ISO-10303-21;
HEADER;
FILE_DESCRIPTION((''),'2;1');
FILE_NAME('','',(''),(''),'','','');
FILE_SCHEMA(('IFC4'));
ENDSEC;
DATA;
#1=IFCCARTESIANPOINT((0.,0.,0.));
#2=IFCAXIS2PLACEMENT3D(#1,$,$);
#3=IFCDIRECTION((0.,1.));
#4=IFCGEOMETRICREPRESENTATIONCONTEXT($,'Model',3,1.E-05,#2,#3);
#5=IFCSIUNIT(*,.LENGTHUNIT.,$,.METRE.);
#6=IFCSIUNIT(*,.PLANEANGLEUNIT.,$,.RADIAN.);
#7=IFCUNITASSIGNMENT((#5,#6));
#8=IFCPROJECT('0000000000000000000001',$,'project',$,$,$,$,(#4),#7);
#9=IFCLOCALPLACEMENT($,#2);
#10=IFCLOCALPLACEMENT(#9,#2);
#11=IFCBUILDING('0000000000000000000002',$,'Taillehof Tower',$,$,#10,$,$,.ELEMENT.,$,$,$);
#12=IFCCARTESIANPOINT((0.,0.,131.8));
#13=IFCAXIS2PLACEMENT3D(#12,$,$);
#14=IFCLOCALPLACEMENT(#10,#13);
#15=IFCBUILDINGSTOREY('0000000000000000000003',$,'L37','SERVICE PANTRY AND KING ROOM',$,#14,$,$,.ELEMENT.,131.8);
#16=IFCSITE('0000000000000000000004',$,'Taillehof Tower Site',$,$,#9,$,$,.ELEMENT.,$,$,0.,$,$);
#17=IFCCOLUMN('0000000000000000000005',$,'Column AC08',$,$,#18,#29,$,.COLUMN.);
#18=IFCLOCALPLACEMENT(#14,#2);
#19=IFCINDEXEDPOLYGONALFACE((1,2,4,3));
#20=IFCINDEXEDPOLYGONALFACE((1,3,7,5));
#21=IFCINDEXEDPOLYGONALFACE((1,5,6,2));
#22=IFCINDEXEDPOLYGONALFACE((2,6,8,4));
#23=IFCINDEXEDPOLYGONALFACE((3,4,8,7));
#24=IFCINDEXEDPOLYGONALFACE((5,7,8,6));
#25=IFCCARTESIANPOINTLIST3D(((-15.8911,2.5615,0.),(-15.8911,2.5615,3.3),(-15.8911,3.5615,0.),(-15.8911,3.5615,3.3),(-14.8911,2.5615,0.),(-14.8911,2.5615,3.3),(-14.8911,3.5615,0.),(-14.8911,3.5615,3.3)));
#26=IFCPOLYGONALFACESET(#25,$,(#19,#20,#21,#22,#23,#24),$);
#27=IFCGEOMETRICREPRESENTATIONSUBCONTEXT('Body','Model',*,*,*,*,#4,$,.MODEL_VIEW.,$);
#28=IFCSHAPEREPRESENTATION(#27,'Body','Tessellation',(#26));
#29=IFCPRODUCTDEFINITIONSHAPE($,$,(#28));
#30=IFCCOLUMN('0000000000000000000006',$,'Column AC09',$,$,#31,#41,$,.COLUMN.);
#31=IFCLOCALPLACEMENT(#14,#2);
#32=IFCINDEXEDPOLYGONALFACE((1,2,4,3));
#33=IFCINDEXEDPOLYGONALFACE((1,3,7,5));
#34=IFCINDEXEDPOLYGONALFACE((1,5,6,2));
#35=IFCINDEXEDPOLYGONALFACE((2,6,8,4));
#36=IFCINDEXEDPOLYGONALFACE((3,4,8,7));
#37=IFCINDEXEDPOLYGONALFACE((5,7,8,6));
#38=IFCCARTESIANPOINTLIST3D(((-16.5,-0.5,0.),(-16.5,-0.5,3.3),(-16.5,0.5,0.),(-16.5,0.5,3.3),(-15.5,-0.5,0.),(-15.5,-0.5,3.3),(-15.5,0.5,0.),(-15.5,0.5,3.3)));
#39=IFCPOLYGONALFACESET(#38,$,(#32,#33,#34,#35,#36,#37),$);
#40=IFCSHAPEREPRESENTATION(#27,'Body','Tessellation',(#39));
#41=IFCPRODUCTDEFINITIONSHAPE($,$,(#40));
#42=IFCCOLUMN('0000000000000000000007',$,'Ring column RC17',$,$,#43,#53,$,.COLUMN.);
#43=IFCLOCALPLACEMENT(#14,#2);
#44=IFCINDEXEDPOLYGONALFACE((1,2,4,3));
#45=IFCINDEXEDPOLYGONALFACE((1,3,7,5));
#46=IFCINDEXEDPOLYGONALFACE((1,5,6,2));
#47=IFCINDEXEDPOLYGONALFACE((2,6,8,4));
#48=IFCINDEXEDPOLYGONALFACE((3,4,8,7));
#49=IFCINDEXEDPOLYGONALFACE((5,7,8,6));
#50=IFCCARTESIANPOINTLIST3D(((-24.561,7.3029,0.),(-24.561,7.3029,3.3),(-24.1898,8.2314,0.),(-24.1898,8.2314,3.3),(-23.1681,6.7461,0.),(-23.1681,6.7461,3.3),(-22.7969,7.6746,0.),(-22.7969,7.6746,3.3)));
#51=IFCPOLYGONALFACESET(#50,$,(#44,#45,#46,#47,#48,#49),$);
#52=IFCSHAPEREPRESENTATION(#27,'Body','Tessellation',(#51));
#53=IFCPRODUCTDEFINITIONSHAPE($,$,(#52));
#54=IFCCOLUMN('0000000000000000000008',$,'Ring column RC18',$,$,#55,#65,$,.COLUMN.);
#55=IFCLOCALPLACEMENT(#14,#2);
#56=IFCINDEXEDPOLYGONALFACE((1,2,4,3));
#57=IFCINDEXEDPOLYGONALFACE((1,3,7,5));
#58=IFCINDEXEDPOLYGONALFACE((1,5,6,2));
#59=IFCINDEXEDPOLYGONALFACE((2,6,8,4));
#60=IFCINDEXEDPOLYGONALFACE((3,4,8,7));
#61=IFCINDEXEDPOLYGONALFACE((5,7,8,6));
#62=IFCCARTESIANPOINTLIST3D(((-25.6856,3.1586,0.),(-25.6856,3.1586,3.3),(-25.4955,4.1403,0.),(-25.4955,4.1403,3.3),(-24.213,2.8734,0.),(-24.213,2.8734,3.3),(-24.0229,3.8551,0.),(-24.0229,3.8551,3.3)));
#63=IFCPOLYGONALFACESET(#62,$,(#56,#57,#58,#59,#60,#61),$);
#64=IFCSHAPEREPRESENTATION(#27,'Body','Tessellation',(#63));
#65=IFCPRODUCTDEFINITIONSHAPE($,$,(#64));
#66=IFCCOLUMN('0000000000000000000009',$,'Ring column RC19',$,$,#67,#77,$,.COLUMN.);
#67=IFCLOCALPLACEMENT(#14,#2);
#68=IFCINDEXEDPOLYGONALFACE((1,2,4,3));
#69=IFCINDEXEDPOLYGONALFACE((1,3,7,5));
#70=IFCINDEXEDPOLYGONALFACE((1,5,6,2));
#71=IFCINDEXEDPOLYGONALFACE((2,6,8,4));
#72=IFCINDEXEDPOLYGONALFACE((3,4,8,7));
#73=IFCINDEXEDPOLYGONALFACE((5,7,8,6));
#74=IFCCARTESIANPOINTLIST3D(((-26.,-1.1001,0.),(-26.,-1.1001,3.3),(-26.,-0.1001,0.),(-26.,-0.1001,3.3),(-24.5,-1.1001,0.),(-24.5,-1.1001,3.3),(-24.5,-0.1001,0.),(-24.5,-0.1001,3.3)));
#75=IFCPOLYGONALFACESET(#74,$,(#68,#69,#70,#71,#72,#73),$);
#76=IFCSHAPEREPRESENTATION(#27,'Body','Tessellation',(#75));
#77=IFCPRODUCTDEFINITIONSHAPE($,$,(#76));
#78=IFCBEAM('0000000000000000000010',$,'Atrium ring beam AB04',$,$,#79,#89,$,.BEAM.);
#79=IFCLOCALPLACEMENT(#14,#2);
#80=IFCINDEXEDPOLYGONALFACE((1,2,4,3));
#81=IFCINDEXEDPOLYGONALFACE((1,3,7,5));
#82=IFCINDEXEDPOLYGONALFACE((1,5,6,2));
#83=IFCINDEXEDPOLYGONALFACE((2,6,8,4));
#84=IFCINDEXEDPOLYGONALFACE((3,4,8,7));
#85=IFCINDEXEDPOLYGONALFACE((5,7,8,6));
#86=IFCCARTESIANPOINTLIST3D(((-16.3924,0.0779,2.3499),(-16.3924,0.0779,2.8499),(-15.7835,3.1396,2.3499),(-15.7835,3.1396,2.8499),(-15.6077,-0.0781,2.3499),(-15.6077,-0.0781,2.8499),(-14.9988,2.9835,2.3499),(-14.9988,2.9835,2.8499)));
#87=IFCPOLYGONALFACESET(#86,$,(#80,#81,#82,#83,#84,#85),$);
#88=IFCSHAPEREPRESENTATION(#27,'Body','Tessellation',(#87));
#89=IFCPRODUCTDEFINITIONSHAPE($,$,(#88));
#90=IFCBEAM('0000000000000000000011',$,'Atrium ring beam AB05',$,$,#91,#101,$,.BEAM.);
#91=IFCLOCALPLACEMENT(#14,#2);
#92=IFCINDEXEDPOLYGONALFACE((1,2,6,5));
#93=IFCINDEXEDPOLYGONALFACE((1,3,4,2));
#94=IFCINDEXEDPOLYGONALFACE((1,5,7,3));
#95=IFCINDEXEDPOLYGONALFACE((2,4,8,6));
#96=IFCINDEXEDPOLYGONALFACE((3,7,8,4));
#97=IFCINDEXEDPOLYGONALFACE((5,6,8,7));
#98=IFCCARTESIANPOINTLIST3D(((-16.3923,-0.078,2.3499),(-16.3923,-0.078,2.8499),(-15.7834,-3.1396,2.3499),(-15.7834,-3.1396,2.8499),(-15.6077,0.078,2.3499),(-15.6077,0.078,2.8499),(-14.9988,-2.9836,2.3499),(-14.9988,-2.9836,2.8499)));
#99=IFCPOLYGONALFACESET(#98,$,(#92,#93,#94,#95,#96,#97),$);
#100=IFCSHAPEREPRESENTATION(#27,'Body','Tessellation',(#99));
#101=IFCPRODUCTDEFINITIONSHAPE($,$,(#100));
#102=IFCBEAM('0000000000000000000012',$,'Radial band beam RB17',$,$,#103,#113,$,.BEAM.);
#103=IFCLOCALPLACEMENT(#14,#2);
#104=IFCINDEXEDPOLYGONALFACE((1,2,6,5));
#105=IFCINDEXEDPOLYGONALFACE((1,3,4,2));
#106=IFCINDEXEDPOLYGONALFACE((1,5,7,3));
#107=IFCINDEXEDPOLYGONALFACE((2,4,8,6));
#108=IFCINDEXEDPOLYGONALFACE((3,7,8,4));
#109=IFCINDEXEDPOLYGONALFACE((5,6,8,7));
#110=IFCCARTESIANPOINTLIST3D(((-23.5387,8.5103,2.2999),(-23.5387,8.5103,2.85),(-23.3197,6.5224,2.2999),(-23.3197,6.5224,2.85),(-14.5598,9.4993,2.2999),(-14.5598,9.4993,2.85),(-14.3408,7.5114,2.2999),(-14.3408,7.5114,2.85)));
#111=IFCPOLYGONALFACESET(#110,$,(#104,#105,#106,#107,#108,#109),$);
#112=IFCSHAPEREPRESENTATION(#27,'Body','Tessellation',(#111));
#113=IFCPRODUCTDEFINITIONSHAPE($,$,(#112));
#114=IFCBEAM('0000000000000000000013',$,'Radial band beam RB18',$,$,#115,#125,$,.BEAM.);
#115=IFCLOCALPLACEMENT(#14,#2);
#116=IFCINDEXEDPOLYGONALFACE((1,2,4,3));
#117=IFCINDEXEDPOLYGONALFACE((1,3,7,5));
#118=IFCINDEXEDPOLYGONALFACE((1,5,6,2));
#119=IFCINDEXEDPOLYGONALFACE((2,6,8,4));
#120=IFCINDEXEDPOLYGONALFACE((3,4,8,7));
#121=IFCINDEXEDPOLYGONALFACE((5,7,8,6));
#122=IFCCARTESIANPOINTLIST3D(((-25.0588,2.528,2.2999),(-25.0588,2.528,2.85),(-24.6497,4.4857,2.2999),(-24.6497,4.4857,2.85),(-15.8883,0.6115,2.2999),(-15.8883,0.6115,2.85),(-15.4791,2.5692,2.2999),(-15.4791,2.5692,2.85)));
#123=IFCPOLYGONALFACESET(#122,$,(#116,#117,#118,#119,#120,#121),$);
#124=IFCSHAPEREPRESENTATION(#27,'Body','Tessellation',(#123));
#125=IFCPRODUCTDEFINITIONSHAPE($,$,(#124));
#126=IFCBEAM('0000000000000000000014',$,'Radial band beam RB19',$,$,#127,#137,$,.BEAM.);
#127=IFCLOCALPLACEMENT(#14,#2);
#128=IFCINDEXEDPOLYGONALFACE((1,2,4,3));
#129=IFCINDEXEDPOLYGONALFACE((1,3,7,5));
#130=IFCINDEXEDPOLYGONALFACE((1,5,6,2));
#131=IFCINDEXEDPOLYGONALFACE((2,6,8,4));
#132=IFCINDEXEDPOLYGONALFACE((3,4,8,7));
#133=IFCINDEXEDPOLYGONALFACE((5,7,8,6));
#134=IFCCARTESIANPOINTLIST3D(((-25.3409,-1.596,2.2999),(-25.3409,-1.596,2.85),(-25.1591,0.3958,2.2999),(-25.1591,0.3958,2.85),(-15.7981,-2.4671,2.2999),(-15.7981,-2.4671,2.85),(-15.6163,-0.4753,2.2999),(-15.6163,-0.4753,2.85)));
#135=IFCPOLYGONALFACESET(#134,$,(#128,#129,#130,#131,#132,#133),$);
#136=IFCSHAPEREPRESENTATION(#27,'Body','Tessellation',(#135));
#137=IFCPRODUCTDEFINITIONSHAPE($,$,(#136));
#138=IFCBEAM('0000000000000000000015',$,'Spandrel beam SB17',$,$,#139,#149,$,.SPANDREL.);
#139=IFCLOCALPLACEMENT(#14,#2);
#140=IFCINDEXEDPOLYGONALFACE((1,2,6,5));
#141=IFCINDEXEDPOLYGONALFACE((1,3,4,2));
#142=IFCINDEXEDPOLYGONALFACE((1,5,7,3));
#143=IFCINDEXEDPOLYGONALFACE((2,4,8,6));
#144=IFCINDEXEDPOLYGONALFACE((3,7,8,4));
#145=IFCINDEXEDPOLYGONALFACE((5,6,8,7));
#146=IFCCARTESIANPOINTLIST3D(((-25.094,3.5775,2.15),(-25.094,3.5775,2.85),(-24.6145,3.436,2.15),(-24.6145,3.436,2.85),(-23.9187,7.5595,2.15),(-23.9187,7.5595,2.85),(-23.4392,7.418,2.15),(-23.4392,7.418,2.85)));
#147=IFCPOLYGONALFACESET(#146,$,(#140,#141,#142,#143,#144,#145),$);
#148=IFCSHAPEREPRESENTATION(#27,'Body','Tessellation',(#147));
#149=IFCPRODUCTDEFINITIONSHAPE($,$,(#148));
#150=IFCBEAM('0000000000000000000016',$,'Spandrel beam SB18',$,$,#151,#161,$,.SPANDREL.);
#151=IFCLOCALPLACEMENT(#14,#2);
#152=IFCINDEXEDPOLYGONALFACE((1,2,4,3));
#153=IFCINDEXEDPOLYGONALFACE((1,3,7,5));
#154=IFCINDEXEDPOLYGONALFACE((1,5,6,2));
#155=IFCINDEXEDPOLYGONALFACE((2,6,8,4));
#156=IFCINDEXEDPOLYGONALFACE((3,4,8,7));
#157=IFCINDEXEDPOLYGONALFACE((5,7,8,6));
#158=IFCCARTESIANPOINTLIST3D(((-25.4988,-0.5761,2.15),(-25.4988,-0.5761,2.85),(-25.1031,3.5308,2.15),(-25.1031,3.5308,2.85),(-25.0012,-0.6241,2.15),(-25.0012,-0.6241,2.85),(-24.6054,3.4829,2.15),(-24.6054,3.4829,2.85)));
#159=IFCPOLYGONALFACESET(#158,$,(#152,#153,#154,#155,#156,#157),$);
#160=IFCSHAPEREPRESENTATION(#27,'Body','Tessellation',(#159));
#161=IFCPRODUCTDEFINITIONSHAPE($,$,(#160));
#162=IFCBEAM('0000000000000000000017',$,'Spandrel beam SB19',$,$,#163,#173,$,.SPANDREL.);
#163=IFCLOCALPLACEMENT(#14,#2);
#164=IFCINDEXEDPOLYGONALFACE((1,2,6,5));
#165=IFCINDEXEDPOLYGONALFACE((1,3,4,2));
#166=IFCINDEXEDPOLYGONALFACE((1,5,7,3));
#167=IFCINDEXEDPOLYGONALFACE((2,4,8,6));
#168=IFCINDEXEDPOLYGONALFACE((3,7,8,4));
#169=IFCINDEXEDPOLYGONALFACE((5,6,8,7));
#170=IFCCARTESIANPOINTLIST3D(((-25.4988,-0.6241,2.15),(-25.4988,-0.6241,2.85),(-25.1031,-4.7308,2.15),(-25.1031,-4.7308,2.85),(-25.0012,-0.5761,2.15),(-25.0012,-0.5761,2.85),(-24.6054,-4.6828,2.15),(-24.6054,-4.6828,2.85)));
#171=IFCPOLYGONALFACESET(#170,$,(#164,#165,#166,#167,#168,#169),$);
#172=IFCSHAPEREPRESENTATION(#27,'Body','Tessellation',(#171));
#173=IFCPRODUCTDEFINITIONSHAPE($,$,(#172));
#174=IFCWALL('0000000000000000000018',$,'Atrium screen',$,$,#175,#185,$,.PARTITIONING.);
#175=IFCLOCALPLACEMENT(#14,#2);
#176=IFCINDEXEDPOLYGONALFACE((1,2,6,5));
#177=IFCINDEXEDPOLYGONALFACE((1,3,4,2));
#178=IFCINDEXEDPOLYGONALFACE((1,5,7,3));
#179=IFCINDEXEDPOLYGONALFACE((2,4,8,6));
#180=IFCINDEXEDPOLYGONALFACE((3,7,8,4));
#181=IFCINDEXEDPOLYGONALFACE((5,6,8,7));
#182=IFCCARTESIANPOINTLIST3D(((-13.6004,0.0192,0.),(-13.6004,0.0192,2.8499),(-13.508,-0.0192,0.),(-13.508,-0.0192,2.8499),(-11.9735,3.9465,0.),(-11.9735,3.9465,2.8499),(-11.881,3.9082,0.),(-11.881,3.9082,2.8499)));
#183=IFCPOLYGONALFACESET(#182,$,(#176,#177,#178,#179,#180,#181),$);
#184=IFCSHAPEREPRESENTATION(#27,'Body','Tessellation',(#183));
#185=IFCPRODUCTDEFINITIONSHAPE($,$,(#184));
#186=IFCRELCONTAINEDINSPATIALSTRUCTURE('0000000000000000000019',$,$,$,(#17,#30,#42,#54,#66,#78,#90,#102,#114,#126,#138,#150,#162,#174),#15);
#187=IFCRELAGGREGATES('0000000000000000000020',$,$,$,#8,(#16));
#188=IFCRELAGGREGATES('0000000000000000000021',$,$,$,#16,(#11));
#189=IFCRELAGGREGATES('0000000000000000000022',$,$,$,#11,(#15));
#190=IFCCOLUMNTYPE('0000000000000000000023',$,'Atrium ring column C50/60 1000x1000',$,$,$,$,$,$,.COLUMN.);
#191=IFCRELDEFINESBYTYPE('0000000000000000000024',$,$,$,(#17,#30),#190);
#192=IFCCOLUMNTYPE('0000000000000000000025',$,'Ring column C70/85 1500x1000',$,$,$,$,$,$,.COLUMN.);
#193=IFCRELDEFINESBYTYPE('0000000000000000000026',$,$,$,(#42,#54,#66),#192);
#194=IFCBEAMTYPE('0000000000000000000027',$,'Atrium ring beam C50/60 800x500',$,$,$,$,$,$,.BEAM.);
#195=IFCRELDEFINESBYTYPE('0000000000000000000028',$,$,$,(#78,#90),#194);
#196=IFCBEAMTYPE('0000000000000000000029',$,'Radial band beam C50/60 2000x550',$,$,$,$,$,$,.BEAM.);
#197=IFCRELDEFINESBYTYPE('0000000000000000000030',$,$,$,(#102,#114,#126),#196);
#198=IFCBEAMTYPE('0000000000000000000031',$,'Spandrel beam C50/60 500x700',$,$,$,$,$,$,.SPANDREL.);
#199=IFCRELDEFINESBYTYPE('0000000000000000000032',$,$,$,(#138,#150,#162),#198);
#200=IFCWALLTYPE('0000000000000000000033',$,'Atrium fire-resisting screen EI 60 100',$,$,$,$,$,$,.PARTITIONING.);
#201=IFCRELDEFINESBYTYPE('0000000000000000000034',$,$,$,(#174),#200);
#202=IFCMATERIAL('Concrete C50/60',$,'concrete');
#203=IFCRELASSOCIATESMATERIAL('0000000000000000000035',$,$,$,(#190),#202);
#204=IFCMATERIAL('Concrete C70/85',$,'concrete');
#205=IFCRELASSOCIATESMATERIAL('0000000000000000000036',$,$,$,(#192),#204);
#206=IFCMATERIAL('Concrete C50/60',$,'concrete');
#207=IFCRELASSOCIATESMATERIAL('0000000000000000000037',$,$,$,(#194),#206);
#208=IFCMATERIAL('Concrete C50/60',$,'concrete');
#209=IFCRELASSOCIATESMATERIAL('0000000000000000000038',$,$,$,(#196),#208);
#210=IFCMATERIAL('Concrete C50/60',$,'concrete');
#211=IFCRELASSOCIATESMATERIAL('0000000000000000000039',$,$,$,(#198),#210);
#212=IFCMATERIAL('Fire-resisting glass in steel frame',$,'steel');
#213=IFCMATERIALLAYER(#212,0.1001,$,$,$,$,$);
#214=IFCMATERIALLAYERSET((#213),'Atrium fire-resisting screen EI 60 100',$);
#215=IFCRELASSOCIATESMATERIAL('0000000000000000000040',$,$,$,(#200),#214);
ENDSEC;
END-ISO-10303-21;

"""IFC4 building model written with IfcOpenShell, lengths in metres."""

from ifc_helpers import new_model, si_unit, direction, frame, frame_2d, origin, origin_2d, place, context, subcontext, project, spatial, rectangle, extrude, material, layer, layer_set, material_profile, profile_set, type_object, element, save


model = new_model("IFC4")

# Units and contexts
model_context = context("Model", 3, precision=1e-05, world=origin(), true_north=direction((0.0, 1.0)))
body_context = subcontext(model_context, "Body", "Model", "MODEL_VIEW")
ifc_project = project(units=[si_unit("LENGTHUNIT", "METRE"), si_unit("PLANEANGLEUNIT", "RADIAN")], contexts=[model_context])

# Site, building, storey
site_placement = place(None, origin())
site = spatial("IfcSite", under=ifc_project, at=site_placement, Name="Taillehof Tower Site", CompositionType="ELEMENT", RefElevation=0.0)
building_placement = place(site_placement, origin())
building = spatial("IfcBuilding", under=site, at=building_placement, Name="Taillehof Tower", CompositionType="ELEMENT")
storey_placement = place(building_placement, frame((0.0, 0.0, 131.8)))
storey = spatial("IfcBuildingStorey", under=building, at=storey_placement, Name="L37", Description="SERVICE PANTRY AND KING ROOM", CompositionType="ELEMENT", Elevation=131.8)

# Columns
ifc_material_1 = material(Name="Concrete C50/60", Category="concrete")
ifc_material_profile_1 = material_profile(ifc_material_1, rectangle(XDim=1.0, YDim=1.0, at=origin_2d()), Name="RC 1000x1000")
ifc_profile_set_1 = profile_set([ifc_material_profile_1], Name="Concrete C50/60")
column_type_1 = type_object("IfcColumnType", Name="Atrium ring column C50/60 1000x1000", PredefinedType="COLUMN", material=ifc_profile_set_1)
for number, where, z_axis, x_axis, name in (
    (1, (-15.3911, 3.0615, 0.0), (0.0, 0.0, 1.0), (1.0, 0.0, 0.0), "Column AC08"),
    (2, (-16.0, 0.0, 0.0), (0.0, 0.0, 1.0), (1.0, 0.0, 0.0), "Column AC09"),
):
    element("IfcColumn", number, at=place(storey_placement, frame(where, z_axis=z_axis, x_axis=x_axis)), inside=storey, type_object=column_type_1, Name=name, PredefinedType="COLUMN", context=body_context, shape_type="SweptSolid", body=[
        extrude(rectangle(XDim=1.0, YDim=1.0, at=origin_2d()), origin(), (0.0, 0.0, 1.0), 3.3),
    ])
ifc_material_2 = material(Name="Concrete C70/85", Category="concrete")
ifc_material_profile_2 = material_profile(ifc_material_2, rectangle(XDim=1.5, YDim=1.0, at=origin_2d()), Name="RC 1500x1000")
ifc_profile_set_2 = profile_set([ifc_material_profile_2], Name="Concrete C70/85")
column_type_2 = type_object("IfcColumnType", Name="Ring column C70/85 1500x1000", PredefinedType="COLUMN", material=ifc_profile_set_2)
for number, where, z_axis, x_axis, name in (
    (3, (-23.679, 7.4888, 0.0), (0.0, 0.0, 1.0), (-0.92855, 0.371207, 0.0), "Ring column RC17"),
    (4, (-24.8542, 3.5068, 0.0), (0.0, 0.0, 1.0), (-0.981757, 0.190138, 0.0), "Ring column RC18"),
    (5, (-25.25, -0.6001, 0.0), (0.0, 0.0, 1.0), (-1.0, 0.0, 0.0), "Ring column RC19"),
):
    element("IfcColumn", number, at=place(storey_placement, frame(where, z_axis=z_axis, x_axis=x_axis)), inside=storey, type_object=column_type_2, Name=name, PredefinedType="COLUMN", context=body_context, shape_type="SweptSolid", body=[
        extrude(rectangle(XDim=1.5, YDim=1.0, at=origin_2d()), origin(), (0.0, 0.0, 1.0), 3.3),
    ])

# Beams
ifc_material_3 = material(Name="Concrete C50/60", Category="concrete")
ifc_material_profile_3 = material_profile(ifc_material_3, rectangle(XDim=0.8, YDim=0.5, at=origin_2d()), Name="RC 800x500")
ifc_profile_set_3 = profile_set([ifc_material_profile_3], Name="Concrete C50/60")
beam_type_1 = type_object("IfcBeamType", Name="Atrium ring beam C50/60 800x500", PredefinedType="BEAM", material=ifc_profile_set_3)
for number, where, z_axis, x_axis, name in (
    (6, (-15.3911, 3.0615, 2.5999), (-0.195063, -0.980791, 0.0), (0.980791, -0.195063, 0.0), "Atrium ring beam AB04"),
    (7, (-16.0, 0.0, 2.5999), (0.195063, -0.980791, 0.0), (0.980791, 0.195063, 0.0), "Atrium ring beam AB05"),
):
    element("IfcBeam", number, at=place(storey_placement, frame(where, z_axis=z_axis, x_axis=x_axis)), inside=storey, type_object=beam_type_1, Name=name, PredefinedType="BEAM", context=body_context, shape_type="SweptSolid", body=[
        extrude(rectangle(XDim=0.8, YDim=0.5, at=origin_2d()), origin(), (0.0, 0.0, 1.0), 3.1216),
    ])
ifc_material_4 = material(Name="Concrete C50/60", Category="concrete")
ifc_material_profile_4 = material_profile(ifc_material_4, rectangle(XDim=2.0, YDim=0.55, at=origin_2d()), Name="RC 2000x550")
ifc_profile_set_4 = profile_set([ifc_material_profile_4], Name="Concrete C50/60")
beam_type_2 = type_object("IfcBeamType", Name="Radial band beam C50/60 2000x550", PredefinedType="BEAM", material=ifc_profile_set_4)
beam_1_placement = place(storey_placement, frame((-23.4292, 7.5164, 2.575), z_axis=(0.993988, 0.109485, 0.0), x_axis=(-0.109485, 0.993988, 0.0)))
element("IfcBeam", 8, at=beam_1_placement, inside=storey, type_object=beam_type_2, Name="Radial band beam RB17", PredefinedType="BEAM", context=body_context, shape_type="SweptSolid", body=[
    extrude(rectangle(XDim=2.0, YDim=0.55, at=origin_2d()), origin(), (0.0, 0.0, 1.0), 9.0332),
])
beam_2_placement = place(storey_placement, frame((-24.8542, 3.5068, 2.575), z_axis=(0.978853, -0.204563, 0.0), x_axis=(0.204563, 0.978853, 0.0)))
element("IfcBeam", 9, at=beam_2_placement, inside=storey, type_object=beam_type_2, Name="Radial band beam RB18", PredefinedType="BEAM", context=body_context, shape_type="SweptSolid", body=[
    extrude(rectangle(XDim=2.0, YDim=0.55, at=origin_2d()), origin(), (0.0, 0.0, 1.0), 9.3687),
])
beam_3_placement = place(storey_placement, frame((-25.25, -0.6001, 2.575), z_axis=(0.99586, -0.090906, 0.0), x_axis=(0.090906, 0.99586, 0.0)))
element("IfcBeam", 10, at=beam_3_placement, inside=storey, type_object=beam_type_2, Name="Radial band beam RB19", PredefinedType="BEAM", context=body_context, shape_type="SweptSolid", body=[
    extrude(rectangle(XDim=2.0, YDim=0.55, at=origin_2d()), origin(), (0.0, 0.0, 1.0), 9.5825),
])
ifc_material_5 = material(Name="Concrete C50/60", Category="concrete")
ifc_material_profile_5 = material_profile(ifc_material_5, rectangle(XDim=0.5, YDim=0.7, at=origin_2d()), Name="RC 500x700")
ifc_profile_set_5 = profile_set([ifc_material_profile_5], Name="Concrete C50/60")
beam_type_3 = type_object("IfcBeamType", Name="Spandrel beam C50/60 500x700", PredefinedType="SPANDREL", material=ifc_profile_set_5)
beam_4_placement = place(storey_placement, frame((-23.679, 7.4888, 2.5), z_axis=(-0.283083, -0.959095, 0.0), x_axis=(0.959095, -0.283083, 0.0)))
element("IfcBeam", 11, at=beam_4_placement, inside=storey, type_object=beam_type_3, Name="Spandrel beam SB17", PredefinedType="SPANDREL", context=body_context, shape_type="SweptSolid", body=[
    extrude(rectangle(XDim=0.5, YDim=0.7, at=origin_2d()), origin(), (0.0, 0.0, 1.0), 4.1519),
])
beam_5_placement = place(storey_placement, frame((-24.8542, 3.5068, 2.5), z_axis=(-0.095918, -0.995389, 0.0), x_axis=(0.995389, -0.095918, 0.0)))
element("IfcBeam", 12, at=beam_5_placement, inside=storey, type_object=beam_type_3, Name="Spandrel beam SB18", PredefinedType="SPANDREL", context=body_context, shape_type="SweptSolid", body=[
    extrude(rectangle(XDim=0.5, YDim=0.7, at=origin_2d()), origin(), (0.0, 0.0, 1.0), 4.126),
])
beam_6_placement = place(storey_placement, frame((-25.25, -0.6001, 2.5), z_axis=(0.095923, -0.995389, 0.0), x_axis=(0.995389, 0.095923, 0.0)))
element("IfcBeam", 13, at=beam_6_placement, inside=storey, type_object=beam_type_3, Name="Spandrel beam SB19", PredefinedType="SPANDREL", context=body_context, shape_type="SweptSolid", body=[
    extrude(rectangle(XDim=0.5, YDim=0.7, at=origin_2d()), origin(), (0.0, 0.0, 1.0), 4.1257),
])

# Wall
ifc_material_6 = material(Name="Fire-resisting glass in steel frame", Category="steel")
ifc_layer_1 = layer(ifc_material_6, 0.1001)
ifc_layer_set_1 = layer_set([ifc_layer_1], Name="Atrium fire-resisting screen EI 60 100")
wall_type_1 = type_object("IfcWallType", Name="Atrium fire-resisting screen EI 60 100", PredefinedType="PARTITIONING", material=ifc_layer_set_1)
wall_1_placement = place(storey_placement, frame((-13.5542, 0.0, 0.0), z_axis=(0.0, 0.0, 1.0), x_axis=(0.382731, 0.92386, 0.0)))
element("IfcWall", 14, at=wall_1_placement, inside=storey, type_object=wall_type_1, Name="Atrium screen", PredefinedType="PARTITIONING", context=body_context, shape_type="SweptSolid", body=[
    extrude(rectangle(XDim=4.251, YDim=0.1001, at=frame_2d((2.1255, 0.0))), origin(), (0.0, 0.0, 1.0), 2.8499),
])

save(model, "model.ifc")
